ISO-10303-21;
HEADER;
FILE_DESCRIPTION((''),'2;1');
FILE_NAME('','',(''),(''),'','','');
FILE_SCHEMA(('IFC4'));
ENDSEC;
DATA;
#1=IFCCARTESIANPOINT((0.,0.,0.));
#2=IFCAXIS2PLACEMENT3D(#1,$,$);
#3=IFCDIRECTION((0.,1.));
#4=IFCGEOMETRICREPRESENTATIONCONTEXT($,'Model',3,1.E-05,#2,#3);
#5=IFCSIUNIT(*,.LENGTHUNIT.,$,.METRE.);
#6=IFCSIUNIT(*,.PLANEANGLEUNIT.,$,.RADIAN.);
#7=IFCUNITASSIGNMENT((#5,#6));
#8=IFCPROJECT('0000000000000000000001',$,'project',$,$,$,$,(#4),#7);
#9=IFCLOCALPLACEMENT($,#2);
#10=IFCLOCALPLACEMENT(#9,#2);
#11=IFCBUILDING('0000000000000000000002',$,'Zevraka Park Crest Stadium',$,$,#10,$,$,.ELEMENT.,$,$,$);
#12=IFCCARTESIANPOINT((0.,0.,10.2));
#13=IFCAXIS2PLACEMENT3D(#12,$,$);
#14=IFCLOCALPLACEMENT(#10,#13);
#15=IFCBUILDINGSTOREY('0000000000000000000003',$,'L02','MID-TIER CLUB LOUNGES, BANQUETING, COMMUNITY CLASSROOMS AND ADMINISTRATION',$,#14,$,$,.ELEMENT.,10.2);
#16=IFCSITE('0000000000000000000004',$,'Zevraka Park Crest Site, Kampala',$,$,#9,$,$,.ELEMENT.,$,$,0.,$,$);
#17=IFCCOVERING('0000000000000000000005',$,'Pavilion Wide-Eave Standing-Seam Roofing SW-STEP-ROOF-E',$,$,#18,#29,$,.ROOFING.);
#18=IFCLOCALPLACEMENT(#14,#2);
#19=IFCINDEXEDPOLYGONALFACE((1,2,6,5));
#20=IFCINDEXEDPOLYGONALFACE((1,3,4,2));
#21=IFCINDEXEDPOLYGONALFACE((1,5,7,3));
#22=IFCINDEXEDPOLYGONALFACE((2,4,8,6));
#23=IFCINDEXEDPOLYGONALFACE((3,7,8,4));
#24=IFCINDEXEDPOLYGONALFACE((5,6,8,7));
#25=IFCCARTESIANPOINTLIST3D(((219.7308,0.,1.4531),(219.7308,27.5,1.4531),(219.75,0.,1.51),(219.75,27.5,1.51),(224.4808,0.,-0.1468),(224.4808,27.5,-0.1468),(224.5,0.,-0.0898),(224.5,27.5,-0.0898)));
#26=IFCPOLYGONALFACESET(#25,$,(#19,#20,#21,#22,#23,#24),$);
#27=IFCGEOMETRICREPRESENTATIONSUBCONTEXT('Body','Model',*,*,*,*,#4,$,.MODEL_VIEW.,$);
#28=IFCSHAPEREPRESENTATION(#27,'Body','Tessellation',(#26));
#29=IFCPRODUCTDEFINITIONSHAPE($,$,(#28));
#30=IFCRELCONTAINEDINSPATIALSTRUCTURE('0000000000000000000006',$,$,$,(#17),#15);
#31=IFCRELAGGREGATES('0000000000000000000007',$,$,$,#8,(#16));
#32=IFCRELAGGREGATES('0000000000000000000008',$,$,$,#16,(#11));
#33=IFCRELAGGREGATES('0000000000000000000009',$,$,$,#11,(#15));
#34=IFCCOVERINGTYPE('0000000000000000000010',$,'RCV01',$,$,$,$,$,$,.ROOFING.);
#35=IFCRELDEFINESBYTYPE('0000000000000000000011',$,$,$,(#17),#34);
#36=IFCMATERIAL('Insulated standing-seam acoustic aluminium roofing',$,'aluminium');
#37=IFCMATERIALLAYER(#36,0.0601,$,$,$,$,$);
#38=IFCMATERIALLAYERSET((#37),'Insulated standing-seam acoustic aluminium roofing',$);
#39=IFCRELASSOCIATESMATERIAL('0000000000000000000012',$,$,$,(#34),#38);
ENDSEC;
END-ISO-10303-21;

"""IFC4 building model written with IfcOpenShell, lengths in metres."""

from ifc_helpers import new_model, si_unit, direction, frame, origin, place, context, subcontext, project, spatial, polyline, outline, extrude, material, layer, layer_set, type_object, element, save


model = new_model("IFC4")

# Units and contexts
model_context = context("Model", 3, precision=1e-05, world=origin(), true_north=direction((0.0, 1.0)))
body_context = subcontext(model_context, "Body", "Model", "MODEL_VIEW")
ifc_project = project(units=[si_unit("LENGTHUNIT", "METRE"), si_unit("PLANEANGLEUNIT", "RADIAN")], contexts=[model_context])

# Site, building, storey
site_placement = place(None, origin())
site = spatial("IfcSite", under=ifc_project, at=site_placement, Name="Zevraka Park Crest Site, Kampala", CompositionType="ELEMENT", RefElevation=0.0)
building_placement = place(site_placement, origin())
building = spatial("IfcBuilding", under=site, at=building_placement, Name="Zevraka Park Crest Stadium", CompositionType="ELEMENT")
storey_placement = place(building_placement, frame((0.0, 0.0, 10.2)))
storey = spatial("IfcBuildingStorey", under=building, at=storey_placement, Name="L02", Description="MID-TIER CLUB LOUNGES, BANQUETING, COMMUNITY CLASSROOMS AND ADMINISTRATION", CompositionType="ELEMENT", Elevation=10.2)

# Covering
ifc_material_1 = material(Name="Insulated standing-seam acoustic aluminium roofing", Category="aluminium")
ifc_layer_1 = layer(ifc_material_1, 0.0601)
ifc_layer_set_1 = layer_set([ifc_layer_1], Name="Insulated standing-seam acoustic aluminium roofing")
covering_type = type_object("IfcCoveringType", Name="RCV01", PredefinedType="ROOFING", material=ifc_layer_set_1)
covering_placement = place(storey_placement, frame((224.5, 0.0, -0.0898), z_axis=(0.319193, 0.0, 0.94769), x_axis=(0.0, 1.0, 0.0)))
element("IfcCovering", 1, at=covering_placement, inside=storey, type_object=covering_type, Name="Pavilion Wide-Eave Standing-Seam Roofing SW-STEP-ROOF-E", PredefinedType="ROOFING", context=body_context, shape_type="SweptSolid", body=[
    extrude(outline(polyline([(0.0, 0.0), (27.5, 0.0), (27.5, 5.0122), (0.0, 5.0122), (0.0, 0.0)])), origin(), (0.0, 0.0, -1.0), 0.0601),
])

save(model, "model.ifc")
